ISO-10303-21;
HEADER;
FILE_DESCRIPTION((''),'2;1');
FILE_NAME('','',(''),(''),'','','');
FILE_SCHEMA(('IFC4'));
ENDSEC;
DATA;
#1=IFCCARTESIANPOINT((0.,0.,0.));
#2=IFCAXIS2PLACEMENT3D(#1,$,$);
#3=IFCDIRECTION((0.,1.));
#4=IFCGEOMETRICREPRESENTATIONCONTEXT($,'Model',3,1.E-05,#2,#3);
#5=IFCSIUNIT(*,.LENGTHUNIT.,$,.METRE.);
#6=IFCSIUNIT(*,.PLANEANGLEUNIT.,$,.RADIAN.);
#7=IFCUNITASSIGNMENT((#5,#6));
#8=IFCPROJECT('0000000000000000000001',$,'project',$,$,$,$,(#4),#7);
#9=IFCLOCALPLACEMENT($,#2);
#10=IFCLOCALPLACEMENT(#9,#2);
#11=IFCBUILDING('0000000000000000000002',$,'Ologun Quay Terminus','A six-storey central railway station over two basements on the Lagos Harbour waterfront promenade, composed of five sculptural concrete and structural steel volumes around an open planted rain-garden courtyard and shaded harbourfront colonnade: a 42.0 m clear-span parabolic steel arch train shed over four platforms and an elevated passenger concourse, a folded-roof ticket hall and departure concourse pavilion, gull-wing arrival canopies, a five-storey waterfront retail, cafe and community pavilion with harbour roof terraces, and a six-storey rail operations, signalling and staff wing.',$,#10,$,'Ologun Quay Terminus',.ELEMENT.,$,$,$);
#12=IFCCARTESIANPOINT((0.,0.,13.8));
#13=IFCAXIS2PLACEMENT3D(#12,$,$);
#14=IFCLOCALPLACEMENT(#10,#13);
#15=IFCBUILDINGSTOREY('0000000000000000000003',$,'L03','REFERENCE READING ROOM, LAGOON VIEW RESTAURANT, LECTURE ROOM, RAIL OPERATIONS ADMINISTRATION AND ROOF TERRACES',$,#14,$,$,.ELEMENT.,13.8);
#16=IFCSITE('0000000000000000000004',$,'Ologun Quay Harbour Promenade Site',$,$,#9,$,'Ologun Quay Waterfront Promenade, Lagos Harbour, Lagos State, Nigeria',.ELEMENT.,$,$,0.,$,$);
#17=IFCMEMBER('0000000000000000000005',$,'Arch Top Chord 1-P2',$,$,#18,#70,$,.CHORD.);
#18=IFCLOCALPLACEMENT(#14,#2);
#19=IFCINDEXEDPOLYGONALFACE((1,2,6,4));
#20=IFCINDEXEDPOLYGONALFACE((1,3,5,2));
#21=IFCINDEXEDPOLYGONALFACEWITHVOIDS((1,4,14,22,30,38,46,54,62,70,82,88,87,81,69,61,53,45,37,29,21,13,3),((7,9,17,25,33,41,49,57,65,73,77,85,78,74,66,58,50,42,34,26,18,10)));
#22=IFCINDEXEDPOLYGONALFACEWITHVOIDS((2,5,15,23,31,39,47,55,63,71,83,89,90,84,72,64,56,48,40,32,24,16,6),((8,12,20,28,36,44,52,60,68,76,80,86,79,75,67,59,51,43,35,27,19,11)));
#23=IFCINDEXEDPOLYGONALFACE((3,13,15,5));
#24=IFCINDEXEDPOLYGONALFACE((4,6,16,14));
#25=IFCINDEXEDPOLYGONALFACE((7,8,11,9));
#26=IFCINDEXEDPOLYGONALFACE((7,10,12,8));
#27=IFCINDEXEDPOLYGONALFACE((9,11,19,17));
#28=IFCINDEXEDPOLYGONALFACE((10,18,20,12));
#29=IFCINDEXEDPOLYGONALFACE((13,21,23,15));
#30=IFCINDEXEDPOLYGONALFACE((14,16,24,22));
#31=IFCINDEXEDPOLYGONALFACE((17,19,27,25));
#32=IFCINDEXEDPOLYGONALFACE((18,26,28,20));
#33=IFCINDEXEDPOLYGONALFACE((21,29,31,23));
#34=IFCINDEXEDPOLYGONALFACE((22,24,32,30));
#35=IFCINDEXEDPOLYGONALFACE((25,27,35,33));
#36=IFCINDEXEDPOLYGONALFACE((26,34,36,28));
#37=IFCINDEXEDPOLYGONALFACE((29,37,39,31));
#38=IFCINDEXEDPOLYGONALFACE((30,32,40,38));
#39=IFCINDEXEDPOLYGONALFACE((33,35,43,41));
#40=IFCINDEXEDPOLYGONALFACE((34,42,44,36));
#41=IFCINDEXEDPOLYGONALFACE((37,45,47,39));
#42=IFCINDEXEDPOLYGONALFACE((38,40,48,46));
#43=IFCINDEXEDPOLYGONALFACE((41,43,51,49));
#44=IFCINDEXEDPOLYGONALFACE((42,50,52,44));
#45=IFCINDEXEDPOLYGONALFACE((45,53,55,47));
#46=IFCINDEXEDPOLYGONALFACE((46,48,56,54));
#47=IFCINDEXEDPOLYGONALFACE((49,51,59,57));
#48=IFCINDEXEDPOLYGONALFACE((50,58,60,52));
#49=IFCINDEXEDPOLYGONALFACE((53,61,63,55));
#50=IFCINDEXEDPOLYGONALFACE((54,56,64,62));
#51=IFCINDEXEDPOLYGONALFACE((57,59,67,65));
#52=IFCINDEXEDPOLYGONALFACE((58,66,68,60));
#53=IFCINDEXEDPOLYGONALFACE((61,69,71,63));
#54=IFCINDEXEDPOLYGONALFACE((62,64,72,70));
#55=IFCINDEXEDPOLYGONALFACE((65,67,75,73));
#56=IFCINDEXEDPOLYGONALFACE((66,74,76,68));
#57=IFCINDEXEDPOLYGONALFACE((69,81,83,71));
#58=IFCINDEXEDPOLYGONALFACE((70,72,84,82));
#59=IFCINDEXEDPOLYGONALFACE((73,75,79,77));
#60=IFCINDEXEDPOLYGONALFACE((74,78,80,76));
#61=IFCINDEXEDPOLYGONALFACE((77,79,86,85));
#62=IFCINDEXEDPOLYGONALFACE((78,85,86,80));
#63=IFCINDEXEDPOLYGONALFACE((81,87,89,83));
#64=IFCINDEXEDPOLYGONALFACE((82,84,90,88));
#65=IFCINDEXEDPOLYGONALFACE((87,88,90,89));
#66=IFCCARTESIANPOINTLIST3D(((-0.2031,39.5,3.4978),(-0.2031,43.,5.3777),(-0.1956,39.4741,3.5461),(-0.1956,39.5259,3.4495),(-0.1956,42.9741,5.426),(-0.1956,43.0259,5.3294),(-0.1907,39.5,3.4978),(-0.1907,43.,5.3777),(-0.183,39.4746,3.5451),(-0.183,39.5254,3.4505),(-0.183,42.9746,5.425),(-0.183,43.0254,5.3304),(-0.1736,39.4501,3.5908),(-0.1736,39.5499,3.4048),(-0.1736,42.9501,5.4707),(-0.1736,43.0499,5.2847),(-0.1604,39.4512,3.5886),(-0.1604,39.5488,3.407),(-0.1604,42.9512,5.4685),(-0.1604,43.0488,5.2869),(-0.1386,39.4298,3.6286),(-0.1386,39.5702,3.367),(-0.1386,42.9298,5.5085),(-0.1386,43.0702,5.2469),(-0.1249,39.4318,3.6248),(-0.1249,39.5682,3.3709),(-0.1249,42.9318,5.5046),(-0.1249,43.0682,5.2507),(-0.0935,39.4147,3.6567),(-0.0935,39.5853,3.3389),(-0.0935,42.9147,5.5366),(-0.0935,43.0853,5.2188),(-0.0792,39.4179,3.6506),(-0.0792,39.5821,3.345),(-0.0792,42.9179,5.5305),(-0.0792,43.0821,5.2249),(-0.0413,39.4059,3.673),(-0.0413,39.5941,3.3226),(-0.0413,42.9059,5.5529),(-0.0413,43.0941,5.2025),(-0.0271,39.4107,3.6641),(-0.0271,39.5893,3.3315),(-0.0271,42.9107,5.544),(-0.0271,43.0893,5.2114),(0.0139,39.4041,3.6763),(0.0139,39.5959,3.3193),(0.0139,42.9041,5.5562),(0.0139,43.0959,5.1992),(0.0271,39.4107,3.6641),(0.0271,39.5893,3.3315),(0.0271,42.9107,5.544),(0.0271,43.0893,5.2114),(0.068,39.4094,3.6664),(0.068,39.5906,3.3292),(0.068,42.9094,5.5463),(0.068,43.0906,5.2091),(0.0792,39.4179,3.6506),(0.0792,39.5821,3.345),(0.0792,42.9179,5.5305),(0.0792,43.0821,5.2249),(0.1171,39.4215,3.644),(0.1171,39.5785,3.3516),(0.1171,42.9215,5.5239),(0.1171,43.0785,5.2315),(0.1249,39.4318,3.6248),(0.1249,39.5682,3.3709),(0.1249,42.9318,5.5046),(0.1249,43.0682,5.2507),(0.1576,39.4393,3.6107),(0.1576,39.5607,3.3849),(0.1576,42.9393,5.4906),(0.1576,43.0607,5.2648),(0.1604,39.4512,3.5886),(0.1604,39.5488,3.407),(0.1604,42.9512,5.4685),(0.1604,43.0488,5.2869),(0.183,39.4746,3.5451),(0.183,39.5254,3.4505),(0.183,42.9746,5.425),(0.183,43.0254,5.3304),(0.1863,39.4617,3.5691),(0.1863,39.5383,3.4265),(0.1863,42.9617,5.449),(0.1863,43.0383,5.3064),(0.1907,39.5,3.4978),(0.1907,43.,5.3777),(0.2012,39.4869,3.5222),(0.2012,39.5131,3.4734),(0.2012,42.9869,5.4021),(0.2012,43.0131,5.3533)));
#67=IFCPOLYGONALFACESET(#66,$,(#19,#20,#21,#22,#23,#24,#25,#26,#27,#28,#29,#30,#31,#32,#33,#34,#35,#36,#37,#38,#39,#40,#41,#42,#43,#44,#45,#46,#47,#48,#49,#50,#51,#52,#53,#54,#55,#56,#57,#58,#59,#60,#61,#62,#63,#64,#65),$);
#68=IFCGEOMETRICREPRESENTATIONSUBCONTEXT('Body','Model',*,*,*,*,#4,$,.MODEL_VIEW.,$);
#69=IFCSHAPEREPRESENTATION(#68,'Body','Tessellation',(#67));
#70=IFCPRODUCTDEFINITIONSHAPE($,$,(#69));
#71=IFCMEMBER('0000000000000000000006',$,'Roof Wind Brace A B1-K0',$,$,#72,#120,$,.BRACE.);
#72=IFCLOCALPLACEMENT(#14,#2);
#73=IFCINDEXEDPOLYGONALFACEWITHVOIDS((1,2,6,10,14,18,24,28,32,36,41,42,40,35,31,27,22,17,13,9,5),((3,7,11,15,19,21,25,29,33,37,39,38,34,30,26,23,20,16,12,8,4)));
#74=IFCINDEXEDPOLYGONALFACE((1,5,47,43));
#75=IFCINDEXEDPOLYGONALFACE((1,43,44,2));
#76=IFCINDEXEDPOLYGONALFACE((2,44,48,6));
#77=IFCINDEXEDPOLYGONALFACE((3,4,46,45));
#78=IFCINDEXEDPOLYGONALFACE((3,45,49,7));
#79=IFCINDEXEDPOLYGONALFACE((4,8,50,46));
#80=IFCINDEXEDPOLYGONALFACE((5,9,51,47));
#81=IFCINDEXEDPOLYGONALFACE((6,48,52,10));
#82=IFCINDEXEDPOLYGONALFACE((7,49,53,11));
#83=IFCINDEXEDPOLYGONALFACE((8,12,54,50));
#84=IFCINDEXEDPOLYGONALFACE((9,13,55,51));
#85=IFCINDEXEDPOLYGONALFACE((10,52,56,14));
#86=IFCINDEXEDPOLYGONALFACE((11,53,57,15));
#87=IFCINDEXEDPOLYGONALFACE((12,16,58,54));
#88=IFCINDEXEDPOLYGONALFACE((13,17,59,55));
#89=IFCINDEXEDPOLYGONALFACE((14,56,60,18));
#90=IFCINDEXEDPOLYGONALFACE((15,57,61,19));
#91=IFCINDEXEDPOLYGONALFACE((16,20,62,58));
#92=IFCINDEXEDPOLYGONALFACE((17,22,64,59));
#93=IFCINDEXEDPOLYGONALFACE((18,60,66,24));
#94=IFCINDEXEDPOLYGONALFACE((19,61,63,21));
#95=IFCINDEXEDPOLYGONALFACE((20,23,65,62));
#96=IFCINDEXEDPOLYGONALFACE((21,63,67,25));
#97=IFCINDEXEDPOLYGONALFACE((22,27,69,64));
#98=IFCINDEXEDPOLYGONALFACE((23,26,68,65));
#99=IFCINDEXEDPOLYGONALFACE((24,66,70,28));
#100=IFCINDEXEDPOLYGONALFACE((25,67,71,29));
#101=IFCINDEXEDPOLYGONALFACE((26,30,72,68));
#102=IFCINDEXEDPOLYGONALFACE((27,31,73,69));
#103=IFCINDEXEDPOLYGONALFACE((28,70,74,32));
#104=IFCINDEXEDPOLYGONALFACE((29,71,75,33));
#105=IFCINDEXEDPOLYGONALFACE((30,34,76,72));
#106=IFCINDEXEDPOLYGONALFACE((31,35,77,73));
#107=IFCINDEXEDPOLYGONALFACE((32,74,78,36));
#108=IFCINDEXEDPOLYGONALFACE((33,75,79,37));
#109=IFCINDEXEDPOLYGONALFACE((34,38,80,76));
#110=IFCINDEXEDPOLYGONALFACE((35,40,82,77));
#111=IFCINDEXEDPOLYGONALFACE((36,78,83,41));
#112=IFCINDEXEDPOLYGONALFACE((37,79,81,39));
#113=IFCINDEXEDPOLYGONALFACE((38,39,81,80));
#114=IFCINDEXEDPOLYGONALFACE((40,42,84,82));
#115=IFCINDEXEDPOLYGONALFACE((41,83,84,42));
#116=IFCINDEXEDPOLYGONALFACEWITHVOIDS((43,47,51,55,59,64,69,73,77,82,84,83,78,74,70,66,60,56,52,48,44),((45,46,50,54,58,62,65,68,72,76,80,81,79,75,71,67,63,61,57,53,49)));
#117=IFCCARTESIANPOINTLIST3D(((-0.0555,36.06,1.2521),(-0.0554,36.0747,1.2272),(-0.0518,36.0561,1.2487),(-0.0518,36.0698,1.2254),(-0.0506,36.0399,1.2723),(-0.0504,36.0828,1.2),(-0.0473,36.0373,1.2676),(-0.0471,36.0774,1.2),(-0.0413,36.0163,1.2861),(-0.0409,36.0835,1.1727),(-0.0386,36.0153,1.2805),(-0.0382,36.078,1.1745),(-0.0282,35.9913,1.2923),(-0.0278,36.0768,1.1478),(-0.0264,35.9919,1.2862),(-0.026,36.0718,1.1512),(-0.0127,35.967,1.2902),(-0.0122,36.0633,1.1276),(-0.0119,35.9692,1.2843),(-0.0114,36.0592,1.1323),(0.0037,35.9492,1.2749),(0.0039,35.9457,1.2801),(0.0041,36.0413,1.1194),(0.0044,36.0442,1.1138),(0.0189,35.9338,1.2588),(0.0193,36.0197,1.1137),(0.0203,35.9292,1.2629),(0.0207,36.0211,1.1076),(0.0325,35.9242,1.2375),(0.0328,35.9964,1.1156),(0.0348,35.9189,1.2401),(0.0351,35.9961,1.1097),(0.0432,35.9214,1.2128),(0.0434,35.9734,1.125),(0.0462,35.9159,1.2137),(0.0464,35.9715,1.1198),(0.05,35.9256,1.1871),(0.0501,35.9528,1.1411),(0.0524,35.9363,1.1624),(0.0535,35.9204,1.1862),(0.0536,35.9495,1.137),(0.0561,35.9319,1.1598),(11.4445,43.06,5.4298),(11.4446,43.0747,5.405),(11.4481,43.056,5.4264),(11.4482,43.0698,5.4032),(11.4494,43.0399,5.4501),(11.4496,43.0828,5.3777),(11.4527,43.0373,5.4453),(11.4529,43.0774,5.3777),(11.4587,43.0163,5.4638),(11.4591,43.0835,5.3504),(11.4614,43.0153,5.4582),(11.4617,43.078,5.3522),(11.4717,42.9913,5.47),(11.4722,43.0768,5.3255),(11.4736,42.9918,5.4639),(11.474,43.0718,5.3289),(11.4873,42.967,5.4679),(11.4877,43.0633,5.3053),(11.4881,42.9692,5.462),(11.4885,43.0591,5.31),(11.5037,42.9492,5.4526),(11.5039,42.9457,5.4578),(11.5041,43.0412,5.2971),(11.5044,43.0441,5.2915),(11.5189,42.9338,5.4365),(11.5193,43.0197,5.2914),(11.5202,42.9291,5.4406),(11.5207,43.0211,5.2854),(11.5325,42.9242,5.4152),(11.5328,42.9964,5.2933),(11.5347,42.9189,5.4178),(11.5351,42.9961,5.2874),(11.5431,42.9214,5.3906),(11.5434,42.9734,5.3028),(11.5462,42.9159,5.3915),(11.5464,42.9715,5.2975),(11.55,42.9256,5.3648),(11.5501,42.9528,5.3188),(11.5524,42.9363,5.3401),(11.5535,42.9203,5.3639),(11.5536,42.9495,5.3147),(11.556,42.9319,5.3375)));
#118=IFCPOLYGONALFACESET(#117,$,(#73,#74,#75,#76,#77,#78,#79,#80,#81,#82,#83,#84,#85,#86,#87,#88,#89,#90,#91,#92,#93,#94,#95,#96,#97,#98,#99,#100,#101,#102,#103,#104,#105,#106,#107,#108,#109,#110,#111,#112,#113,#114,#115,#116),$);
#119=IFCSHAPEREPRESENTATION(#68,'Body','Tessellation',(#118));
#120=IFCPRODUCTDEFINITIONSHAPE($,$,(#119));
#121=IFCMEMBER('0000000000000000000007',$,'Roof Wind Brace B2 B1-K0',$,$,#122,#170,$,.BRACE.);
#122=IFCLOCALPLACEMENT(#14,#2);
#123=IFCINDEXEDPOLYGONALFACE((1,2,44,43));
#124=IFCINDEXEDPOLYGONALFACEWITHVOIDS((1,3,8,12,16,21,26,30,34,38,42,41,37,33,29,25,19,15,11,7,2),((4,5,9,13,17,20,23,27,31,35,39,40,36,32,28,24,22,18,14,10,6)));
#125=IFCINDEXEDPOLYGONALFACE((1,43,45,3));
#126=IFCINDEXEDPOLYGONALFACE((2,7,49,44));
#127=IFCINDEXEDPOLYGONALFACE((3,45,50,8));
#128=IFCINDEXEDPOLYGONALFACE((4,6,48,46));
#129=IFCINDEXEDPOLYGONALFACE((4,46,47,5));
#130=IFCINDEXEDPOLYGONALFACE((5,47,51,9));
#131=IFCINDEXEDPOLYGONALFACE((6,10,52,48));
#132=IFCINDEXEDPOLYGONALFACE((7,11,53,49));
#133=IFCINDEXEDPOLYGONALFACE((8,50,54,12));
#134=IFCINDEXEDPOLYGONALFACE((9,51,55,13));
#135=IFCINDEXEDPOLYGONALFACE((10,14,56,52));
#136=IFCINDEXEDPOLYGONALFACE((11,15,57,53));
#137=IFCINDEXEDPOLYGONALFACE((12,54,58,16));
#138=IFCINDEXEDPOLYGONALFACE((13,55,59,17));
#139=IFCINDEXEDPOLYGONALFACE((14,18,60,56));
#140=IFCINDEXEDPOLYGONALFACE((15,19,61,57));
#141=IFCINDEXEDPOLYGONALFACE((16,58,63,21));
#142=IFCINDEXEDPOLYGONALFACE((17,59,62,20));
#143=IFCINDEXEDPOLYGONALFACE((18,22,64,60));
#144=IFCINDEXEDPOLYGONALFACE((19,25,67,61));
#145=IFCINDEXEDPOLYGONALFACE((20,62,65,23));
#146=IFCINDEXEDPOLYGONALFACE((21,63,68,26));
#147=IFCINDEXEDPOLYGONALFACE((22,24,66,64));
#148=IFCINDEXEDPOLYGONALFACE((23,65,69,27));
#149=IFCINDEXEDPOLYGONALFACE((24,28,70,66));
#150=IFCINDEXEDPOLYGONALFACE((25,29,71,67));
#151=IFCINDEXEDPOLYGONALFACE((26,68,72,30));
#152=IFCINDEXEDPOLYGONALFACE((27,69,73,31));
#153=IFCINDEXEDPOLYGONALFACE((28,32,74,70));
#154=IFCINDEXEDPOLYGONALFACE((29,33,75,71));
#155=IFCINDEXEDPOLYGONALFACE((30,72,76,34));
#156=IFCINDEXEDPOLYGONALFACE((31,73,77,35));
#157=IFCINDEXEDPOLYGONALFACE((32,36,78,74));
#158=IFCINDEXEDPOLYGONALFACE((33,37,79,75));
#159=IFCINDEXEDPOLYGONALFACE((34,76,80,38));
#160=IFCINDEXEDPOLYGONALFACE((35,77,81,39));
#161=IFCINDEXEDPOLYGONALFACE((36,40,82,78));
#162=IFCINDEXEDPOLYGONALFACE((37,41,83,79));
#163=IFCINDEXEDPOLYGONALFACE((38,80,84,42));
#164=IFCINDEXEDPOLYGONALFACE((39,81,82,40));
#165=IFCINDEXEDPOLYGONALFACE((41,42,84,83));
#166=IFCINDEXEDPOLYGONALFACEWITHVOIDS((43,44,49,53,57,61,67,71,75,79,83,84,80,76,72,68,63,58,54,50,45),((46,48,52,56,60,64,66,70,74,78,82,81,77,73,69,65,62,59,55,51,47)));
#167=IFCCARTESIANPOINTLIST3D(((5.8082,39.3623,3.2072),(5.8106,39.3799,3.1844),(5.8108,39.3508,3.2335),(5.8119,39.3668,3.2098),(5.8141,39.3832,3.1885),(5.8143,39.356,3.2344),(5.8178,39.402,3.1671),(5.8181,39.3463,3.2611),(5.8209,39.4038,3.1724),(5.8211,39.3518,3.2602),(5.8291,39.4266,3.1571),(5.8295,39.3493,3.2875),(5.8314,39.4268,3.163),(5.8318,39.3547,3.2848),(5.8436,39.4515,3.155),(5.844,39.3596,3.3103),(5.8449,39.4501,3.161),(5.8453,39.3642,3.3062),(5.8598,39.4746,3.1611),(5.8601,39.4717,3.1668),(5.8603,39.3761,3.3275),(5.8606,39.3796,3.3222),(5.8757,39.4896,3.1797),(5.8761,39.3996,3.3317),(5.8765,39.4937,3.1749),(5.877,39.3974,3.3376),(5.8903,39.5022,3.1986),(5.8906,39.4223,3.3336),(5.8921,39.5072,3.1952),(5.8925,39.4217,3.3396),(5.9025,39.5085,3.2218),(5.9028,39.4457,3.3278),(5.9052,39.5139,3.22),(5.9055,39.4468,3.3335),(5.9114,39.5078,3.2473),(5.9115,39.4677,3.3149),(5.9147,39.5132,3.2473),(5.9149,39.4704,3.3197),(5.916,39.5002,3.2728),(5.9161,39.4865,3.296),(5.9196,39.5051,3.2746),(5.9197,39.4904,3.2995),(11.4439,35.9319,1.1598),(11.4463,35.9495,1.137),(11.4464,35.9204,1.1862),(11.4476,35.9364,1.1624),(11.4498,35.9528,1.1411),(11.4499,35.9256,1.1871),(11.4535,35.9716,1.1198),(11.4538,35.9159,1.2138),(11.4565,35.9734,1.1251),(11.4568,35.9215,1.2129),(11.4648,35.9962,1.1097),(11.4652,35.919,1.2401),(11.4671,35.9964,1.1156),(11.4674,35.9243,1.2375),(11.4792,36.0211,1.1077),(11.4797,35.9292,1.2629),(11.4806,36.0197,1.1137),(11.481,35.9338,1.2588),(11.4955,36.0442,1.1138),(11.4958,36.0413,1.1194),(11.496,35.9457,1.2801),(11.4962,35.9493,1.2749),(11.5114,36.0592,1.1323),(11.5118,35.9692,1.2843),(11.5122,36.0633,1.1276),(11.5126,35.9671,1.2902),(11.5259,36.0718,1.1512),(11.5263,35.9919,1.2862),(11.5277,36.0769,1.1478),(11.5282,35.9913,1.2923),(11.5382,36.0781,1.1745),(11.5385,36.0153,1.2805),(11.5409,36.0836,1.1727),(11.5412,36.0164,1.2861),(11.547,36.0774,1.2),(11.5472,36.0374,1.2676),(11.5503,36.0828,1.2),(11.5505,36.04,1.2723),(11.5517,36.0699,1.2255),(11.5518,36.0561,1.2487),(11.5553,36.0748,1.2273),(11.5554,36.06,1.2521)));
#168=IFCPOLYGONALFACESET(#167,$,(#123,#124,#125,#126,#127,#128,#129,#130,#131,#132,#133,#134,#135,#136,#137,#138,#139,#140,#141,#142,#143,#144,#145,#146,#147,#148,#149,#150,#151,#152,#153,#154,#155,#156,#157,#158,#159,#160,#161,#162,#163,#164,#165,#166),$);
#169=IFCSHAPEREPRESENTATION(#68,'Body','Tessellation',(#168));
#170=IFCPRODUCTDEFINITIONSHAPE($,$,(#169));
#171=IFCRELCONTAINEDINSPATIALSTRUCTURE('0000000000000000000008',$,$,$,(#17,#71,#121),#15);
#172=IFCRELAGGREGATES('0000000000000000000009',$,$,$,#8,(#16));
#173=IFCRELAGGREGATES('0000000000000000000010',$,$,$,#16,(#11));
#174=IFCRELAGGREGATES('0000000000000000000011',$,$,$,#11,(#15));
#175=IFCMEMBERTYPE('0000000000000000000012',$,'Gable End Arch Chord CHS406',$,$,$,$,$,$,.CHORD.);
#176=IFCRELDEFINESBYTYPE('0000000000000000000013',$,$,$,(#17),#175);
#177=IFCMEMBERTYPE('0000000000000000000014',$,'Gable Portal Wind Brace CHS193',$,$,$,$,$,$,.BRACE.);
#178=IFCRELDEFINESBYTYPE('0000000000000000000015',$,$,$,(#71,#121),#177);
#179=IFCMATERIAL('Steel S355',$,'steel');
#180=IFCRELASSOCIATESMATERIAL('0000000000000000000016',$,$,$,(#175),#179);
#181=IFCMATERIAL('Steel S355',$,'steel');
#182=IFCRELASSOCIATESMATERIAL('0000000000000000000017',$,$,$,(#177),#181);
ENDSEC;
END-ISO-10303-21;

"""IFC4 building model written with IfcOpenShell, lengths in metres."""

from ifc_helpers import new_model, si_unit, direction, frame, origin, origin_2d, place, context, subcontext, project, spatial, hollow_circle, extrude, material, material_profile, profile_set, type_object, element, save


model = new_model("IFC4")

# Units and contexts
model_context = context("Model", 3, precision=1e-05, world=origin(), true_north=direction((0.0, 1.0)))
body_context = subcontext(model_context, "Body", "Model", "MODEL_VIEW")
ifc_project = project(units=[si_unit("LENGTHUNIT", "METRE"), si_unit("PLANEANGLEUNIT", "RADIAN")], contexts=[model_context])

# Site, building, storey
site_placement = place(None, origin())
site = spatial("IfcSite", under=ifc_project, at=site_placement, Name="Ologun Quay Harbour Promenade Site", LongName="Ologun Quay Waterfront Promenade, Lagos Harbour, Lagos State, Nigeria", CompositionType="ELEMENT", RefElevation=0.0)
building_placement = place(site_placement, origin())
building = spatial("IfcBuilding", under=site, at=building_placement, Name="Ologun Quay Terminus", Description="A six-storey central railway station over two basements on the Lagos Harbour waterfront promenade, composed of five sculptural concrete and structural steel volumes around an open planted rain-garden courtyard and shaded harbourfront colonnade: a 42.0 m clear-span parabolic steel arch train shed over four platforms and an elevated passenger concourse, a folded-roof ticket hall and departure concourse pavilion, gull-wing arrival canopies, a five-storey waterfront retail, cafe and community pavilion with harbour roof terraces, and a six-storey rail operations, signalling and staff wing.", LongName="Ologun Quay Terminus", CompositionType="ELEMENT")
storey_placement = place(building_placement, frame((0.0, 0.0, 13.8)))
storey = spatial("IfcBuildingStorey", under=building, at=storey_placement, Name="L03", Description="REFERENCE READING ROOM, LAGOON VIEW RESTAURANT, LECTURE ROOM, RAIL OPERATIONS ADMINISTRATION AND ROOF TERRACES", CompositionType="ELEMENT", Elevation=13.8)

# Members
ifc_material_1 = material(Name="Steel S355", Category="steel")
ifc_material_profile_1 = material_profile(ifc_material_1, hollow_circle(Radius=0.2031, WallThickness=0.0125, at=origin_2d()), Name="CHS 406.4x12.5")
ifc_profile_set_1 = profile_set([ifc_material_profile_1], Name="Steel S355")
member_type_1 = type_object("IfcMemberType", Name="Gable End Arch Chord CHS406", PredefinedType="CHORD", material=ifc_profile_set_1)
member_1_placement = place(storey_placement, frame((0.0, 39.5, 3.4978), z_axis=(0.0, 0.880968, 0.473176), x_axis=(-1.0, 0.0, 0.0)))
element("IfcMember", 1, at=member_1_placement, inside=storey, type_object=member_type_1, Name="Arch Top Chord 1-P2", PredefinedType="CHORD", context=body_context, shape_type="SweptSolid", body=[
    extrude(hollow_circle(Radius=0.2031, WallThickness=0.0125, at=origin_2d()), origin(), (0.0, 0.0, 1.0), 3.9729),
])
ifc_material_2 = material(Name="Steel S355", Category="steel")
ifc_material_profile_2 = material_profile(ifc_material_2, hollow_circle(Radius=0.0969, WallThickness=0.0063, at=origin_2d()), Name="CHS 193.7x6.3")
ifc_profile_set_2 = profile_set([ifc_material_profile_2], Name="Steel S355")
member_type_2 = type_object("IfcMemberType", Name="Gable Portal Wind Brace CHS193", PredefinedType="BRACE", material=ifc_profile_set_2)
member_2_placement = place(storey_placement, frame((0.0, 36.0, 1.2), z_axis=(0.815821, 0.496587, 0.296373), x_axis=(-0.519947, 0.854199, 0.0)))
element("IfcMember", 2, at=member_2_placement, inside=storey, type_object=member_type_2, Name="Roof Wind Brace A B1-K0", PredefinedType="BRACE", context=body_context, shape_type="SweptSolid", body=[
    extrude(hollow_circle(Radius=0.0969, WallThickness=0.0063, at=origin_2d()), origin(), (0.0, 0.0, 1.0), 14.0962),
])
member_3_placement = place(storey_placement, frame((5.8643, 39.4304, 3.2473), z_axis=(0.815823, -0.496583, -0.296374), x_axis=(0.519943, 0.854201, 0.0)))
element("IfcMember", 3, at=member_3_placement, inside=storey, type_object=member_type_2, Name="Roof Wind Brace B2 B1-K0", PredefinedType="BRACE", context=body_context, shape_type="SweptSolid", body=[
    extrude(hollow_circle(Radius=0.0969, WallThickness=0.0063, at=origin_2d()), origin(), (0.0, 0.0, 1.0), 6.908),
])

save(model, "model.ifc")
